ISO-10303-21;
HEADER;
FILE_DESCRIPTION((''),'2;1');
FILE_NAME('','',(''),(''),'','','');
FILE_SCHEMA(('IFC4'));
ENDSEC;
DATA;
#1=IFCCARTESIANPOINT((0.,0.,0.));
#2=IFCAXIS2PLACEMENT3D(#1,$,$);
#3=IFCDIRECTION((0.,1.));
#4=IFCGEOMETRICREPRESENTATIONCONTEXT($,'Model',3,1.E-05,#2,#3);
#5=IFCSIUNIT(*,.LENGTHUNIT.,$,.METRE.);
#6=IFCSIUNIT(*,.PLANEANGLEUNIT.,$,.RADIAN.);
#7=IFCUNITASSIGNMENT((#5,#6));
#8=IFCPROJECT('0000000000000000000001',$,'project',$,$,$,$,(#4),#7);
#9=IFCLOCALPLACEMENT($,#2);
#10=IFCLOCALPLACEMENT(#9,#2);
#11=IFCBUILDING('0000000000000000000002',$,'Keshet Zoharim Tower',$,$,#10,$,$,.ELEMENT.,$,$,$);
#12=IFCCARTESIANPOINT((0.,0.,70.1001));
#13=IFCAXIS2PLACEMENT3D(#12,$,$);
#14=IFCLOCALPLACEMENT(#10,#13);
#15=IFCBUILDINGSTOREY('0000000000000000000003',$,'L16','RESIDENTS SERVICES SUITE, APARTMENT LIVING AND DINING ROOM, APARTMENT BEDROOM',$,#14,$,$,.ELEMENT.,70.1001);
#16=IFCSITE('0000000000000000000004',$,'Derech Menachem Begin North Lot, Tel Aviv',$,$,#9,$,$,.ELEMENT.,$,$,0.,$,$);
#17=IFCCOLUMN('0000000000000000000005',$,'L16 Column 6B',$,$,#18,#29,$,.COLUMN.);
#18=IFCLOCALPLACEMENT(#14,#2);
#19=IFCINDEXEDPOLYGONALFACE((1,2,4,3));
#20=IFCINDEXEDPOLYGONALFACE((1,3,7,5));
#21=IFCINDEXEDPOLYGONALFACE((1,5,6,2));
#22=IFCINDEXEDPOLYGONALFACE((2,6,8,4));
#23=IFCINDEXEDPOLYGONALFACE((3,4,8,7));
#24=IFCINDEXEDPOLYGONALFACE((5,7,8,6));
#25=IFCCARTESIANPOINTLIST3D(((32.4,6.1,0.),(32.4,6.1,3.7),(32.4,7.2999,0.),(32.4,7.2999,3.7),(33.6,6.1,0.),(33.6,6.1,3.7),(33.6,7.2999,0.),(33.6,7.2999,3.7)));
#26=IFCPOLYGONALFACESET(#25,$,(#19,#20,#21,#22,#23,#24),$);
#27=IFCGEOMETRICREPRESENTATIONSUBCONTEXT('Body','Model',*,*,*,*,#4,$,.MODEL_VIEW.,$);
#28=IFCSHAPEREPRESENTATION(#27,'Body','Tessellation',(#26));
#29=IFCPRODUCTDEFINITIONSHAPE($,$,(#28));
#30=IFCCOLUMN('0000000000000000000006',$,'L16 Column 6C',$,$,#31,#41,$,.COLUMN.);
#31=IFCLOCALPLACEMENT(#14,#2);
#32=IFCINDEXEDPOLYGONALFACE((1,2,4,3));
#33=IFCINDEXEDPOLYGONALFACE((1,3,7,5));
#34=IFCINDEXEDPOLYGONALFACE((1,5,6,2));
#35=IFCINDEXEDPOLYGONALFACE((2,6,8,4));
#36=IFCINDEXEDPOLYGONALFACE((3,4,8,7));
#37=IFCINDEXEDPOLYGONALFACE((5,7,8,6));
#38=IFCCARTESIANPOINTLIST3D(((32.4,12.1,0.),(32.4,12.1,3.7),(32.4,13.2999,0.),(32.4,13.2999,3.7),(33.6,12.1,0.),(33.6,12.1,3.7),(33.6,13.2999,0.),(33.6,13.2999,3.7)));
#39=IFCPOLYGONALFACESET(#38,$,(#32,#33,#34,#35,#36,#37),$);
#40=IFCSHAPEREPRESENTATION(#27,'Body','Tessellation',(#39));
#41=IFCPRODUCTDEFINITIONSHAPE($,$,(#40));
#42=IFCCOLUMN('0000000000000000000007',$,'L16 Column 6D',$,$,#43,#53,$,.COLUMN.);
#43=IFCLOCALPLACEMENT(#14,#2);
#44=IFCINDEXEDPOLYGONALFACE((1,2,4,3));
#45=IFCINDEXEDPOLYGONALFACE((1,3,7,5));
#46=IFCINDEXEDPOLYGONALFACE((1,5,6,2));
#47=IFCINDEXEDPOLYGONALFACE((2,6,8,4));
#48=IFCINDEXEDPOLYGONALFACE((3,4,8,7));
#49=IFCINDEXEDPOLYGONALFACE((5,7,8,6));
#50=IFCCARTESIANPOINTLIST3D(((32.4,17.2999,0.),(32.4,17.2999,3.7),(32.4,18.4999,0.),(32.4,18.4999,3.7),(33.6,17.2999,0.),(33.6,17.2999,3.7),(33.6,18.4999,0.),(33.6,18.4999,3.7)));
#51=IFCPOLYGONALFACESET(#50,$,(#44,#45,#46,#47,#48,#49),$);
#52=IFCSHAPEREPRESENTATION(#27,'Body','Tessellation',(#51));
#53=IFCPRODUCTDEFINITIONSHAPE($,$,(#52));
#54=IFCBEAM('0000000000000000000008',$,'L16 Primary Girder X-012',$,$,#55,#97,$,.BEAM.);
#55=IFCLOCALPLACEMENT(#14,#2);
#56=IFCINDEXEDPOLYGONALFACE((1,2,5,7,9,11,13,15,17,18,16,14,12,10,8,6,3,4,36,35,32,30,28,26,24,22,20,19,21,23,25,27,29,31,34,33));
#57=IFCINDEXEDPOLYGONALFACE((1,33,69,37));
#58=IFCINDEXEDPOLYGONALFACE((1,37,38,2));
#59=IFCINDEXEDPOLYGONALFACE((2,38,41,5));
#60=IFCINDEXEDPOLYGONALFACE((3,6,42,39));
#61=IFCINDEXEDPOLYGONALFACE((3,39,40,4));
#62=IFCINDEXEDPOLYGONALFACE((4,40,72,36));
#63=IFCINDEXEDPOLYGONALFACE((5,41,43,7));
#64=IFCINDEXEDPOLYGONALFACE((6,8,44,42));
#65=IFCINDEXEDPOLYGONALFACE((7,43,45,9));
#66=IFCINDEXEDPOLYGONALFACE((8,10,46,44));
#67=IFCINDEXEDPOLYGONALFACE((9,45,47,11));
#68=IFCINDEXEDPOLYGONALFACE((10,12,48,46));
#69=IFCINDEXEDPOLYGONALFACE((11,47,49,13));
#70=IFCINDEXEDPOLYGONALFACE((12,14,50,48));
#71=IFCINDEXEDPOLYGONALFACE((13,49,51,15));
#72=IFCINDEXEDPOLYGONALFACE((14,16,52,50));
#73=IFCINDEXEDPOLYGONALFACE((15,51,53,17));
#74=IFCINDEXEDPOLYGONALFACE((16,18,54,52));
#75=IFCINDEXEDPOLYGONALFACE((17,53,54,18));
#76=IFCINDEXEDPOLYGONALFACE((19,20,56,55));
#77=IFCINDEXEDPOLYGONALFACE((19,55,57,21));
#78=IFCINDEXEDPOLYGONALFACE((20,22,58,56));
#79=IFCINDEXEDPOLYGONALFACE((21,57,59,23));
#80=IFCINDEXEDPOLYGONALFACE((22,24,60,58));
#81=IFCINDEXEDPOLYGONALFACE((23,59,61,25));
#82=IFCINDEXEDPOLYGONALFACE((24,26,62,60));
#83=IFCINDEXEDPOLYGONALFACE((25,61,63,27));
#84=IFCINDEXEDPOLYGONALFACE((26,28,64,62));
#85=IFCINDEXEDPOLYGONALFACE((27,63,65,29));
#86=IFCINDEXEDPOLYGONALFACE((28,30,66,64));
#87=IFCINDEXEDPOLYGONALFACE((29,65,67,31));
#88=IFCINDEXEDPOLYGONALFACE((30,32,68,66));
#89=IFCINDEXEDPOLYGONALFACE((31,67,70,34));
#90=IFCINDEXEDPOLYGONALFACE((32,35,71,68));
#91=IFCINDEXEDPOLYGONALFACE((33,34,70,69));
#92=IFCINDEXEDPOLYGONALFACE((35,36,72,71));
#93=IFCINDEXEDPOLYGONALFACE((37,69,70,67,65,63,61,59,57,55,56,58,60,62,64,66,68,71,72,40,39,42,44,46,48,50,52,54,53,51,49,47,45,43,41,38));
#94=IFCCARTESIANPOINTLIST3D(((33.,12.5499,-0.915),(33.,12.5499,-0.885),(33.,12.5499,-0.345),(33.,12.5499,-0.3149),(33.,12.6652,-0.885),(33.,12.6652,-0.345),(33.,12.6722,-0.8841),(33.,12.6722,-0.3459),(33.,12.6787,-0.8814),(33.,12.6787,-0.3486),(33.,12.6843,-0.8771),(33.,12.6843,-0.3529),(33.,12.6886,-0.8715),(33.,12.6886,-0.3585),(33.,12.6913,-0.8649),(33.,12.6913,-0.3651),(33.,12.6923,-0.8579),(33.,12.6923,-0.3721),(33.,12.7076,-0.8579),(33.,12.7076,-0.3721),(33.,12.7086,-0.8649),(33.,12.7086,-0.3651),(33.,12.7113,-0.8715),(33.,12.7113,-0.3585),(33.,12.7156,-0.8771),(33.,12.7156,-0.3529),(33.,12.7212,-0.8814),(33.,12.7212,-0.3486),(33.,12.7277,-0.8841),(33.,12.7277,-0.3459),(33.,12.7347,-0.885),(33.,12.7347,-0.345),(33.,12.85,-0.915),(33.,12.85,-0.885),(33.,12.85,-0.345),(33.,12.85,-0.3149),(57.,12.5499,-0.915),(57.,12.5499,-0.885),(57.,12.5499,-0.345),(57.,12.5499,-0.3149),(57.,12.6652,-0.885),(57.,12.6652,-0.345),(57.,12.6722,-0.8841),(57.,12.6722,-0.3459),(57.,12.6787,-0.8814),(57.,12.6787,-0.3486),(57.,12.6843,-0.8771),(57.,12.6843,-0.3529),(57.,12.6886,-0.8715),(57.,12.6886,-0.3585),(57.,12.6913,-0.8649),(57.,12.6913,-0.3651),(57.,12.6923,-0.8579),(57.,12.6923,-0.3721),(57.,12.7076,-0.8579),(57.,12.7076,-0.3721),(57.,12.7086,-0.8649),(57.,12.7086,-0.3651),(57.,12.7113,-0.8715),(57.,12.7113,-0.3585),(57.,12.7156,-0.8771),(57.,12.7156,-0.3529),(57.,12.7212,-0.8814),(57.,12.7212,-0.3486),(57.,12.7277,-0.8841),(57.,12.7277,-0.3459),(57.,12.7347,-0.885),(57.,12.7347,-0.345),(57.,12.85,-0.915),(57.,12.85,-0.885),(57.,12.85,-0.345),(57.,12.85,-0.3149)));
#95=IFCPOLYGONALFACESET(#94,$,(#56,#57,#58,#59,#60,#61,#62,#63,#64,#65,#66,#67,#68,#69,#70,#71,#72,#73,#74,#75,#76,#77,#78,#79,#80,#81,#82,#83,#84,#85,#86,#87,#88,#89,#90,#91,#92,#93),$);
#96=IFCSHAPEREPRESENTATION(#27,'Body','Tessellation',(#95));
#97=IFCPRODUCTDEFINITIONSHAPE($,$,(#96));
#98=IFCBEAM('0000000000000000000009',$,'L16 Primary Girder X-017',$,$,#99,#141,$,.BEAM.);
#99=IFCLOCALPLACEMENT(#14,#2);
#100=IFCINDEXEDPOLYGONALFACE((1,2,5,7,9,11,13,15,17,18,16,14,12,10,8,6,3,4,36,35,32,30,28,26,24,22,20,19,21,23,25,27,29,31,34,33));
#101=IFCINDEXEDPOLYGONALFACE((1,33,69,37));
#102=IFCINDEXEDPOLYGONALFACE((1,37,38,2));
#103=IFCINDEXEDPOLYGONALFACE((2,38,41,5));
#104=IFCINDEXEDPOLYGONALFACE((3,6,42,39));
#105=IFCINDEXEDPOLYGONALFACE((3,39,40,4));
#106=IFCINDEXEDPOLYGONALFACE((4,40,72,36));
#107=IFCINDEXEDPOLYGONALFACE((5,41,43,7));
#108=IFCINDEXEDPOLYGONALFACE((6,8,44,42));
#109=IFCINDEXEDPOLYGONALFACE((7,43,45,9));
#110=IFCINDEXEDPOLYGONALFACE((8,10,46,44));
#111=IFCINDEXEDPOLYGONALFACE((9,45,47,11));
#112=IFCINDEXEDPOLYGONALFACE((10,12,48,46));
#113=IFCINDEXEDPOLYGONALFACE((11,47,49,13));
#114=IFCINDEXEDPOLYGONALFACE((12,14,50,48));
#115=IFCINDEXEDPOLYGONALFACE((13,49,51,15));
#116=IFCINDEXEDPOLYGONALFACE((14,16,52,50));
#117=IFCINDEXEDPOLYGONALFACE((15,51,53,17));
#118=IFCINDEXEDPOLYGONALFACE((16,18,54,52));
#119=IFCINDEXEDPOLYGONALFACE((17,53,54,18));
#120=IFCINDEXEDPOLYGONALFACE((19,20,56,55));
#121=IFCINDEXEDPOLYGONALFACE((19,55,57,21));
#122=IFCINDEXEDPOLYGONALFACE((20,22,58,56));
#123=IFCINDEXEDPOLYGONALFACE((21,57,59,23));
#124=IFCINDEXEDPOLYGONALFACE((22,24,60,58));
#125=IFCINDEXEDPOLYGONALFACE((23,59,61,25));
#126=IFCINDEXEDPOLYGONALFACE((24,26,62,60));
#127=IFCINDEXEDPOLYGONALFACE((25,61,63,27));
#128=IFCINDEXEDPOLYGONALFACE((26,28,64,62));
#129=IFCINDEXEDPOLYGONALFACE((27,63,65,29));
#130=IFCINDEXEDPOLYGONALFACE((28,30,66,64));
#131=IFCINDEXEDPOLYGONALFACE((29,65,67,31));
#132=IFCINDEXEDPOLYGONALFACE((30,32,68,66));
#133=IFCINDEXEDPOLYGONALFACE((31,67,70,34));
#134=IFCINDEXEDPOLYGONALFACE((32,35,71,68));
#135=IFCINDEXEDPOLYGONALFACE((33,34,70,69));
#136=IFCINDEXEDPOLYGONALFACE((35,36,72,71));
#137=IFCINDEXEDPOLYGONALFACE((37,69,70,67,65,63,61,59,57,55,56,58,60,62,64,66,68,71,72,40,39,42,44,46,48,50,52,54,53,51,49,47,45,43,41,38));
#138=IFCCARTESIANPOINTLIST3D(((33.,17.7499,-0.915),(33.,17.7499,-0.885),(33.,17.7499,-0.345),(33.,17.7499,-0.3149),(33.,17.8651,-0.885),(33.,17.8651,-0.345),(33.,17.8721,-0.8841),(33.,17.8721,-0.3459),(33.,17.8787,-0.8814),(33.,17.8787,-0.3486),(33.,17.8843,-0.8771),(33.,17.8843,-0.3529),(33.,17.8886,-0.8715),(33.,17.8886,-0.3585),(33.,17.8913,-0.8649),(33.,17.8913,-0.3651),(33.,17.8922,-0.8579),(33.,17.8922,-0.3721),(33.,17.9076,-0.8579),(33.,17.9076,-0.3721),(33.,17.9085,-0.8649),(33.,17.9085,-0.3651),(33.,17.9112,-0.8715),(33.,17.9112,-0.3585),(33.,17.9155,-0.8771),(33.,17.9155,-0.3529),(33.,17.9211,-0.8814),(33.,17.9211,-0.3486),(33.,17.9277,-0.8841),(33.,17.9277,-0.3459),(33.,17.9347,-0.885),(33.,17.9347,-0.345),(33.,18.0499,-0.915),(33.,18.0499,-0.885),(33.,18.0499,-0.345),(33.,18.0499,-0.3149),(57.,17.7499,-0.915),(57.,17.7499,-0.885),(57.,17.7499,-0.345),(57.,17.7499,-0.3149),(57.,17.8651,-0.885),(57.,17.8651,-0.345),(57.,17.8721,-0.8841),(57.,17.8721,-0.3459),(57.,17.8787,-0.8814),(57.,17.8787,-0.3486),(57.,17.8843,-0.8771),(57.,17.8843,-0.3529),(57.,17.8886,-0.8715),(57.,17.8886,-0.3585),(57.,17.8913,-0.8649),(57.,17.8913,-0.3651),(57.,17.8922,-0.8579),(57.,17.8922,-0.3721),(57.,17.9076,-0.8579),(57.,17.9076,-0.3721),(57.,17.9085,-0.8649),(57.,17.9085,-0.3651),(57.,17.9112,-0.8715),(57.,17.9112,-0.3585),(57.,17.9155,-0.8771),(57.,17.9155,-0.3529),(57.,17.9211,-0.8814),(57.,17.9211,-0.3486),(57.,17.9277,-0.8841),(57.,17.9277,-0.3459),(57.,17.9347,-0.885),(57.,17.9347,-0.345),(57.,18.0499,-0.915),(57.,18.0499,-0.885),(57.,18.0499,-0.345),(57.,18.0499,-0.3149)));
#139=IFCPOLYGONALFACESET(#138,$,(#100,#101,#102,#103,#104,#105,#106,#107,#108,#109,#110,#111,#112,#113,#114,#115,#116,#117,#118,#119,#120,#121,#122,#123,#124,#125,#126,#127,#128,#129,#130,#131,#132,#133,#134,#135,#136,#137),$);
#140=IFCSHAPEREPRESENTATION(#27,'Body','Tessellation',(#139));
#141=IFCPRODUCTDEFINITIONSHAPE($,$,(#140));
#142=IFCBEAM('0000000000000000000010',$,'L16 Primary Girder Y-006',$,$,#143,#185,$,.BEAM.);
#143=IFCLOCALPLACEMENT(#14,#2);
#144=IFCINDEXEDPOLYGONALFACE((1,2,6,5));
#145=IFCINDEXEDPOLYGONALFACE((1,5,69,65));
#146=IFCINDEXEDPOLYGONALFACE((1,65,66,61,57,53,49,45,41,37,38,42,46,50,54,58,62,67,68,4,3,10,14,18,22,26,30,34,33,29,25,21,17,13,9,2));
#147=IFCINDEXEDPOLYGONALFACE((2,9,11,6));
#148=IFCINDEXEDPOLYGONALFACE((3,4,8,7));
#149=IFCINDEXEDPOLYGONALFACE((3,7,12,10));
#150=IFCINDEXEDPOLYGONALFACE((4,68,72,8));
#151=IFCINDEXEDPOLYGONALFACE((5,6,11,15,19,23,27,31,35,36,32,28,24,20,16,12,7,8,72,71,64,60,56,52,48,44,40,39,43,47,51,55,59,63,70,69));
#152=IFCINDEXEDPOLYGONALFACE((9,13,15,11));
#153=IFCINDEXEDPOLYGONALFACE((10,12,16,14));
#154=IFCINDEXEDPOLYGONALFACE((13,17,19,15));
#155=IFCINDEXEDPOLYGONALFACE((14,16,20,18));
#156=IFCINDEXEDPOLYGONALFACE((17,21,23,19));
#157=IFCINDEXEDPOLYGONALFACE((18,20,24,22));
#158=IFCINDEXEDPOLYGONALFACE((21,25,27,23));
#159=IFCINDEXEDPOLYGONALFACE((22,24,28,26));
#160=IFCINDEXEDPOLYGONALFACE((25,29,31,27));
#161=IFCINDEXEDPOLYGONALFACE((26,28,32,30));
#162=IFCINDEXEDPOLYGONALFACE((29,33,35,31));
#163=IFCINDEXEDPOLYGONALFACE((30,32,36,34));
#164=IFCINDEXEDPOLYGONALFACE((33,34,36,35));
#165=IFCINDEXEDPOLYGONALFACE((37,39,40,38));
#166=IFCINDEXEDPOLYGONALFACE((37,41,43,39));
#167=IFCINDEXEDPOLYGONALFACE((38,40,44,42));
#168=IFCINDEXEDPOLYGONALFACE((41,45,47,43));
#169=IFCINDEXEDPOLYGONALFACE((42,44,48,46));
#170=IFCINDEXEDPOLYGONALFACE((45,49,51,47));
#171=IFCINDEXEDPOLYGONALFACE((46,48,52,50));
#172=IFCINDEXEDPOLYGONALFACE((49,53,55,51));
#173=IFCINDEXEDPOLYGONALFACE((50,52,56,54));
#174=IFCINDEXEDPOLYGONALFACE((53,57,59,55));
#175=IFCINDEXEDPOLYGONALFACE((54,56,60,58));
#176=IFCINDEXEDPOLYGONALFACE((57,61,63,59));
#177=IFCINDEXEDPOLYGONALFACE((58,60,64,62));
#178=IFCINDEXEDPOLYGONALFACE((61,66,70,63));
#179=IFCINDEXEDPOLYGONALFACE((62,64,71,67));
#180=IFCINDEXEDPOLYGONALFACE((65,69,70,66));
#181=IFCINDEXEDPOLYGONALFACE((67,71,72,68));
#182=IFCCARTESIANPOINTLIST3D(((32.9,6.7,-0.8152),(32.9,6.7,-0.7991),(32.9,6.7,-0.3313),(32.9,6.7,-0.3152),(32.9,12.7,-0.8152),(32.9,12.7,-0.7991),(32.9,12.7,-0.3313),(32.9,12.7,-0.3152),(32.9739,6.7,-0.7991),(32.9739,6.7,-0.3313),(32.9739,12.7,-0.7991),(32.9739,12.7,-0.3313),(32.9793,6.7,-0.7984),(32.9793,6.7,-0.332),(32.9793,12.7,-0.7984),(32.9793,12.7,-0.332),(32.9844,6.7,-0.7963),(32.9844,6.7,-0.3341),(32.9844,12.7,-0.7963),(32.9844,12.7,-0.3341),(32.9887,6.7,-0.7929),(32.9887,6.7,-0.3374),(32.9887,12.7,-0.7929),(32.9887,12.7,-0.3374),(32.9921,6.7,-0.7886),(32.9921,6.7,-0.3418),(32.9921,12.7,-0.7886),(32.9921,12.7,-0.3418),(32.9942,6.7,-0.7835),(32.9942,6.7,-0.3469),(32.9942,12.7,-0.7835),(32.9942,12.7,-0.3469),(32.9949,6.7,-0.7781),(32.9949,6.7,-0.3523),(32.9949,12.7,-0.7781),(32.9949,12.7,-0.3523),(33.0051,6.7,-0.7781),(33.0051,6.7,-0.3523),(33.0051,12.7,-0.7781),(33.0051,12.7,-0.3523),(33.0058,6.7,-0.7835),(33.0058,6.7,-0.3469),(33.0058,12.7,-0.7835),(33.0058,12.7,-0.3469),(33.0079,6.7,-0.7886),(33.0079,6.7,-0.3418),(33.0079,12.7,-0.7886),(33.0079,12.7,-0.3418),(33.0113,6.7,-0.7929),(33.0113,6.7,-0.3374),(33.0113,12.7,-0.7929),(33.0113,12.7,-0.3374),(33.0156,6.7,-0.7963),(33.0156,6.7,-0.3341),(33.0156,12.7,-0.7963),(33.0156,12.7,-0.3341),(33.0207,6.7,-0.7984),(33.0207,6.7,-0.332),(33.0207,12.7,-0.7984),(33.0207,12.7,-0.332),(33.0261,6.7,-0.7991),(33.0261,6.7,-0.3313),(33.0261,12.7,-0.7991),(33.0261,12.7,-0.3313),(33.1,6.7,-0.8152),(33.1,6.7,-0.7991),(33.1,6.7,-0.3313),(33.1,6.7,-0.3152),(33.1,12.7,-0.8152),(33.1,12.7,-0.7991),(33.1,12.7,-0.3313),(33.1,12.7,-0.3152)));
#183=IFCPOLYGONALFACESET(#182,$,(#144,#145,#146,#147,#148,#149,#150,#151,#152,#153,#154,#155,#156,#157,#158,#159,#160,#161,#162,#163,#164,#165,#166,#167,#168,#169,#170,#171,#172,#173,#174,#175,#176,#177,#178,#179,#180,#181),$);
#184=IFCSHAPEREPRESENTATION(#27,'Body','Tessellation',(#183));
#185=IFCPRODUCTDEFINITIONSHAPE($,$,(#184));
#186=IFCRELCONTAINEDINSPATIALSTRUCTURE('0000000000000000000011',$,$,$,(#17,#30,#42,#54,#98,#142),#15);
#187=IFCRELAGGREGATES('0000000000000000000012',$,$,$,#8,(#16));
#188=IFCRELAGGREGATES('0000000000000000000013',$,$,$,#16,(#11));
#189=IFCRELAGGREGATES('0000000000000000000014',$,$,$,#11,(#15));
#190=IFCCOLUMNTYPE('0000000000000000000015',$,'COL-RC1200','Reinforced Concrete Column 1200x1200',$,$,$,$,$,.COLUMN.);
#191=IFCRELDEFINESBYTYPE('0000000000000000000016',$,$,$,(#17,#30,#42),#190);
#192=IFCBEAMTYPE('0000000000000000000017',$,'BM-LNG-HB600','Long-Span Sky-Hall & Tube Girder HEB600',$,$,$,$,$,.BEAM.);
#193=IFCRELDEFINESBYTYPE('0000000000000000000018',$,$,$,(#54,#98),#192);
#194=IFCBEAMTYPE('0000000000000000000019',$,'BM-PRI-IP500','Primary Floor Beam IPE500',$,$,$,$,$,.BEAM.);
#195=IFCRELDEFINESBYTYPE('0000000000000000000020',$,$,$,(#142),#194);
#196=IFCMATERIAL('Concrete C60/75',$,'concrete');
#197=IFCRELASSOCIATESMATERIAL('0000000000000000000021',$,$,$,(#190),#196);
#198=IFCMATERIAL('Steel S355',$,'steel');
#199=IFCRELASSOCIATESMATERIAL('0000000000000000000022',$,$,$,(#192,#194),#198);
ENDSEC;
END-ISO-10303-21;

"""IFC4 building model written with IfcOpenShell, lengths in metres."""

from ifc_helpers import new_model, si_unit, direction, frame, origin, origin_2d, place, context, subcontext, project, spatial, rectangle, i_section, extrude, material, material_profile, profile_set, type_object, element, save


model = new_model("IFC4")

# Units and contexts
model_context = context("Model", 3, precision=1e-05, world=origin(), true_north=direction((0.0, 1.0)))
body_context = subcontext(model_context, "Body", "Model", "MODEL_VIEW")
ifc_project = project(units=[si_unit("LENGTHUNIT", "METRE"), si_unit("PLANEANGLEUNIT", "RADIAN")], contexts=[model_context])

# Site, building, storey
site_placement = place(None, origin())
site = spatial("IfcSite", under=ifc_project, at=site_placement, Name="Derech Menachem Begin North Lot, Tel Aviv", CompositionType="ELEMENT", RefElevation=0.0)
building_placement = place(site_placement, origin())
building = spatial("IfcBuilding", under=site, at=building_placement, Name="Keshet Zoharim Tower", CompositionType="ELEMENT")
storey_placement = place(building_placement, frame((0.0, 0.0, 70.1001)))
storey = spatial("IfcBuildingStorey", under=building, at=storey_placement, Name="L16", Description="RESIDENTS SERVICES SUITE, APARTMENT LIVING AND DINING ROOM, APARTMENT BEDROOM", CompositionType="ELEMENT", Elevation=70.1001)

# Columns
ifc_material_1 = material(Name="Concrete C60/75", Category="concrete")
ifc_material_profile_1 = material_profile(ifc_material_1, rectangle(XDim=1.2, YDim=1.2, at=origin_2d()), Name="RC1200x1200")
ifc_profile_set_1 = profile_set([ifc_material_profile_1], Name="Concrete C60/75")
column_type = type_object("IfcColumnType", Name="COL-RC1200", Description="Reinforced Concrete Column 1200x1200", PredefinedType="COLUMN", material=ifc_profile_set_1)
for number, where, z_axis, x_axis, name in (
    (1, (33.0, 6.7, 0.0), (0.0, 0.0, 1.0), (1.0, 0.0, 0.0), "L16 Column 6B"),
    (2, (33.0, 12.7, 0.0), (0.0, 0.0, 1.0), (1.0, 0.0, 0.0), "L16 Column 6C"),
    (3, (33.0, 17.8999, 0.0), (0.0, 0.0, 1.0), (1.0, 0.0, 0.0), "L16 Column 6D"),
):
    element("IfcColumn", number, at=place(storey_placement, frame(where, z_axis=z_axis, x_axis=x_axis)), inside=storey, type_object=column_type, Name=name, PredefinedType="COLUMN", context=body_context, shape_type="SweptSolid", body=[
        extrude(rectangle(XDim=1.2, YDim=1.2, at=origin_2d()), origin(), (0.0, 0.0, 1.0), 3.7),
    ])

# Beams
ifc_material_2 = material(Name="Steel S355", Category="steel")
ifc_material_profile_2 = material_profile(ifc_material_2, i_section(OverallWidth=0.3, OverallDepth=0.6001, WebThickness=0.0154, FlangeThickness=0.03, FilletRadius=0.0271, at=origin_2d()), Name="HEB600")
ifc_profile_set_2 = profile_set([ifc_material_profile_2], Name="Steel S355")
beam_type_1 = type_object("IfcBeamType", Name="BM-LNG-HB600", Description="Long-Span Sky-Hall & Tube Girder HEB600", PredefinedType="BEAM", material=ifc_profile_set_2)
for number, where, z_axis, x_axis, name in (
    (4, (33.0, 12.7, -0.615), (1.0, 0.0, 0.0), (0.0, 1.0, 0.0), "L16 Primary Girder X-012"),
    (5, (33.0, 17.8999, -0.615), (1.0, 0.0, 0.0), (0.0, 1.0, 0.0), "L16 Primary Girder X-017"),
):
    element("IfcBeam", number, at=place(storey_placement, frame(where, z_axis=z_axis, x_axis=x_axis)), inside=storey, type_object=beam_type_1, Name=name, PredefinedType="BEAM", context=body_context, shape_type="SweptSolid", body=[
        extrude(i_section(OverallWidth=0.3, OverallDepth=0.6001, WebThickness=0.0154, FlangeThickness=0.03, FilletRadius=0.0271, at=origin_2d()), origin(), (0.0, 0.0, 1.0), 24.0),
    ])
ifc_material_profile_3 = material_profile(ifc_material_2, i_section(OverallWidth=0.2, OverallDepth=0.5, WebThickness=0.0103, FlangeThickness=0.0161, FilletRadius=0.021, at=origin_2d()), Name="IPE500")
ifc_profile_set_3 = profile_set([ifc_material_profile_3], Name="Steel S355")
beam_type_2 = type_object("IfcBeamType", Name="BM-PRI-IP500", Description="Primary Floor Beam IPE500", PredefinedType="BEAM", material=ifc_profile_set_3)
beam_1_placement = place(storey_placement, frame((33.0, 6.7, -0.5652), z_axis=(0.0, 1.0, 0.0), x_axis=(-1.0, 0.0, 0.0)))
element("IfcBeam", 6, at=beam_1_placement, inside=storey, type_object=beam_type_2, Name="L16 Primary Girder Y-006", PredefinedType="BEAM", context=body_context, shape_type="SweptSolid", body=[
    extrude(i_section(OverallWidth=0.2, OverallDepth=0.5, WebThickness=0.0103, FlangeThickness=0.0161, FilletRadius=0.021, at=origin_2d()), origin(), (0.0, 0.0, 1.0), 6.0),
])

save(model, "model.ifc")
